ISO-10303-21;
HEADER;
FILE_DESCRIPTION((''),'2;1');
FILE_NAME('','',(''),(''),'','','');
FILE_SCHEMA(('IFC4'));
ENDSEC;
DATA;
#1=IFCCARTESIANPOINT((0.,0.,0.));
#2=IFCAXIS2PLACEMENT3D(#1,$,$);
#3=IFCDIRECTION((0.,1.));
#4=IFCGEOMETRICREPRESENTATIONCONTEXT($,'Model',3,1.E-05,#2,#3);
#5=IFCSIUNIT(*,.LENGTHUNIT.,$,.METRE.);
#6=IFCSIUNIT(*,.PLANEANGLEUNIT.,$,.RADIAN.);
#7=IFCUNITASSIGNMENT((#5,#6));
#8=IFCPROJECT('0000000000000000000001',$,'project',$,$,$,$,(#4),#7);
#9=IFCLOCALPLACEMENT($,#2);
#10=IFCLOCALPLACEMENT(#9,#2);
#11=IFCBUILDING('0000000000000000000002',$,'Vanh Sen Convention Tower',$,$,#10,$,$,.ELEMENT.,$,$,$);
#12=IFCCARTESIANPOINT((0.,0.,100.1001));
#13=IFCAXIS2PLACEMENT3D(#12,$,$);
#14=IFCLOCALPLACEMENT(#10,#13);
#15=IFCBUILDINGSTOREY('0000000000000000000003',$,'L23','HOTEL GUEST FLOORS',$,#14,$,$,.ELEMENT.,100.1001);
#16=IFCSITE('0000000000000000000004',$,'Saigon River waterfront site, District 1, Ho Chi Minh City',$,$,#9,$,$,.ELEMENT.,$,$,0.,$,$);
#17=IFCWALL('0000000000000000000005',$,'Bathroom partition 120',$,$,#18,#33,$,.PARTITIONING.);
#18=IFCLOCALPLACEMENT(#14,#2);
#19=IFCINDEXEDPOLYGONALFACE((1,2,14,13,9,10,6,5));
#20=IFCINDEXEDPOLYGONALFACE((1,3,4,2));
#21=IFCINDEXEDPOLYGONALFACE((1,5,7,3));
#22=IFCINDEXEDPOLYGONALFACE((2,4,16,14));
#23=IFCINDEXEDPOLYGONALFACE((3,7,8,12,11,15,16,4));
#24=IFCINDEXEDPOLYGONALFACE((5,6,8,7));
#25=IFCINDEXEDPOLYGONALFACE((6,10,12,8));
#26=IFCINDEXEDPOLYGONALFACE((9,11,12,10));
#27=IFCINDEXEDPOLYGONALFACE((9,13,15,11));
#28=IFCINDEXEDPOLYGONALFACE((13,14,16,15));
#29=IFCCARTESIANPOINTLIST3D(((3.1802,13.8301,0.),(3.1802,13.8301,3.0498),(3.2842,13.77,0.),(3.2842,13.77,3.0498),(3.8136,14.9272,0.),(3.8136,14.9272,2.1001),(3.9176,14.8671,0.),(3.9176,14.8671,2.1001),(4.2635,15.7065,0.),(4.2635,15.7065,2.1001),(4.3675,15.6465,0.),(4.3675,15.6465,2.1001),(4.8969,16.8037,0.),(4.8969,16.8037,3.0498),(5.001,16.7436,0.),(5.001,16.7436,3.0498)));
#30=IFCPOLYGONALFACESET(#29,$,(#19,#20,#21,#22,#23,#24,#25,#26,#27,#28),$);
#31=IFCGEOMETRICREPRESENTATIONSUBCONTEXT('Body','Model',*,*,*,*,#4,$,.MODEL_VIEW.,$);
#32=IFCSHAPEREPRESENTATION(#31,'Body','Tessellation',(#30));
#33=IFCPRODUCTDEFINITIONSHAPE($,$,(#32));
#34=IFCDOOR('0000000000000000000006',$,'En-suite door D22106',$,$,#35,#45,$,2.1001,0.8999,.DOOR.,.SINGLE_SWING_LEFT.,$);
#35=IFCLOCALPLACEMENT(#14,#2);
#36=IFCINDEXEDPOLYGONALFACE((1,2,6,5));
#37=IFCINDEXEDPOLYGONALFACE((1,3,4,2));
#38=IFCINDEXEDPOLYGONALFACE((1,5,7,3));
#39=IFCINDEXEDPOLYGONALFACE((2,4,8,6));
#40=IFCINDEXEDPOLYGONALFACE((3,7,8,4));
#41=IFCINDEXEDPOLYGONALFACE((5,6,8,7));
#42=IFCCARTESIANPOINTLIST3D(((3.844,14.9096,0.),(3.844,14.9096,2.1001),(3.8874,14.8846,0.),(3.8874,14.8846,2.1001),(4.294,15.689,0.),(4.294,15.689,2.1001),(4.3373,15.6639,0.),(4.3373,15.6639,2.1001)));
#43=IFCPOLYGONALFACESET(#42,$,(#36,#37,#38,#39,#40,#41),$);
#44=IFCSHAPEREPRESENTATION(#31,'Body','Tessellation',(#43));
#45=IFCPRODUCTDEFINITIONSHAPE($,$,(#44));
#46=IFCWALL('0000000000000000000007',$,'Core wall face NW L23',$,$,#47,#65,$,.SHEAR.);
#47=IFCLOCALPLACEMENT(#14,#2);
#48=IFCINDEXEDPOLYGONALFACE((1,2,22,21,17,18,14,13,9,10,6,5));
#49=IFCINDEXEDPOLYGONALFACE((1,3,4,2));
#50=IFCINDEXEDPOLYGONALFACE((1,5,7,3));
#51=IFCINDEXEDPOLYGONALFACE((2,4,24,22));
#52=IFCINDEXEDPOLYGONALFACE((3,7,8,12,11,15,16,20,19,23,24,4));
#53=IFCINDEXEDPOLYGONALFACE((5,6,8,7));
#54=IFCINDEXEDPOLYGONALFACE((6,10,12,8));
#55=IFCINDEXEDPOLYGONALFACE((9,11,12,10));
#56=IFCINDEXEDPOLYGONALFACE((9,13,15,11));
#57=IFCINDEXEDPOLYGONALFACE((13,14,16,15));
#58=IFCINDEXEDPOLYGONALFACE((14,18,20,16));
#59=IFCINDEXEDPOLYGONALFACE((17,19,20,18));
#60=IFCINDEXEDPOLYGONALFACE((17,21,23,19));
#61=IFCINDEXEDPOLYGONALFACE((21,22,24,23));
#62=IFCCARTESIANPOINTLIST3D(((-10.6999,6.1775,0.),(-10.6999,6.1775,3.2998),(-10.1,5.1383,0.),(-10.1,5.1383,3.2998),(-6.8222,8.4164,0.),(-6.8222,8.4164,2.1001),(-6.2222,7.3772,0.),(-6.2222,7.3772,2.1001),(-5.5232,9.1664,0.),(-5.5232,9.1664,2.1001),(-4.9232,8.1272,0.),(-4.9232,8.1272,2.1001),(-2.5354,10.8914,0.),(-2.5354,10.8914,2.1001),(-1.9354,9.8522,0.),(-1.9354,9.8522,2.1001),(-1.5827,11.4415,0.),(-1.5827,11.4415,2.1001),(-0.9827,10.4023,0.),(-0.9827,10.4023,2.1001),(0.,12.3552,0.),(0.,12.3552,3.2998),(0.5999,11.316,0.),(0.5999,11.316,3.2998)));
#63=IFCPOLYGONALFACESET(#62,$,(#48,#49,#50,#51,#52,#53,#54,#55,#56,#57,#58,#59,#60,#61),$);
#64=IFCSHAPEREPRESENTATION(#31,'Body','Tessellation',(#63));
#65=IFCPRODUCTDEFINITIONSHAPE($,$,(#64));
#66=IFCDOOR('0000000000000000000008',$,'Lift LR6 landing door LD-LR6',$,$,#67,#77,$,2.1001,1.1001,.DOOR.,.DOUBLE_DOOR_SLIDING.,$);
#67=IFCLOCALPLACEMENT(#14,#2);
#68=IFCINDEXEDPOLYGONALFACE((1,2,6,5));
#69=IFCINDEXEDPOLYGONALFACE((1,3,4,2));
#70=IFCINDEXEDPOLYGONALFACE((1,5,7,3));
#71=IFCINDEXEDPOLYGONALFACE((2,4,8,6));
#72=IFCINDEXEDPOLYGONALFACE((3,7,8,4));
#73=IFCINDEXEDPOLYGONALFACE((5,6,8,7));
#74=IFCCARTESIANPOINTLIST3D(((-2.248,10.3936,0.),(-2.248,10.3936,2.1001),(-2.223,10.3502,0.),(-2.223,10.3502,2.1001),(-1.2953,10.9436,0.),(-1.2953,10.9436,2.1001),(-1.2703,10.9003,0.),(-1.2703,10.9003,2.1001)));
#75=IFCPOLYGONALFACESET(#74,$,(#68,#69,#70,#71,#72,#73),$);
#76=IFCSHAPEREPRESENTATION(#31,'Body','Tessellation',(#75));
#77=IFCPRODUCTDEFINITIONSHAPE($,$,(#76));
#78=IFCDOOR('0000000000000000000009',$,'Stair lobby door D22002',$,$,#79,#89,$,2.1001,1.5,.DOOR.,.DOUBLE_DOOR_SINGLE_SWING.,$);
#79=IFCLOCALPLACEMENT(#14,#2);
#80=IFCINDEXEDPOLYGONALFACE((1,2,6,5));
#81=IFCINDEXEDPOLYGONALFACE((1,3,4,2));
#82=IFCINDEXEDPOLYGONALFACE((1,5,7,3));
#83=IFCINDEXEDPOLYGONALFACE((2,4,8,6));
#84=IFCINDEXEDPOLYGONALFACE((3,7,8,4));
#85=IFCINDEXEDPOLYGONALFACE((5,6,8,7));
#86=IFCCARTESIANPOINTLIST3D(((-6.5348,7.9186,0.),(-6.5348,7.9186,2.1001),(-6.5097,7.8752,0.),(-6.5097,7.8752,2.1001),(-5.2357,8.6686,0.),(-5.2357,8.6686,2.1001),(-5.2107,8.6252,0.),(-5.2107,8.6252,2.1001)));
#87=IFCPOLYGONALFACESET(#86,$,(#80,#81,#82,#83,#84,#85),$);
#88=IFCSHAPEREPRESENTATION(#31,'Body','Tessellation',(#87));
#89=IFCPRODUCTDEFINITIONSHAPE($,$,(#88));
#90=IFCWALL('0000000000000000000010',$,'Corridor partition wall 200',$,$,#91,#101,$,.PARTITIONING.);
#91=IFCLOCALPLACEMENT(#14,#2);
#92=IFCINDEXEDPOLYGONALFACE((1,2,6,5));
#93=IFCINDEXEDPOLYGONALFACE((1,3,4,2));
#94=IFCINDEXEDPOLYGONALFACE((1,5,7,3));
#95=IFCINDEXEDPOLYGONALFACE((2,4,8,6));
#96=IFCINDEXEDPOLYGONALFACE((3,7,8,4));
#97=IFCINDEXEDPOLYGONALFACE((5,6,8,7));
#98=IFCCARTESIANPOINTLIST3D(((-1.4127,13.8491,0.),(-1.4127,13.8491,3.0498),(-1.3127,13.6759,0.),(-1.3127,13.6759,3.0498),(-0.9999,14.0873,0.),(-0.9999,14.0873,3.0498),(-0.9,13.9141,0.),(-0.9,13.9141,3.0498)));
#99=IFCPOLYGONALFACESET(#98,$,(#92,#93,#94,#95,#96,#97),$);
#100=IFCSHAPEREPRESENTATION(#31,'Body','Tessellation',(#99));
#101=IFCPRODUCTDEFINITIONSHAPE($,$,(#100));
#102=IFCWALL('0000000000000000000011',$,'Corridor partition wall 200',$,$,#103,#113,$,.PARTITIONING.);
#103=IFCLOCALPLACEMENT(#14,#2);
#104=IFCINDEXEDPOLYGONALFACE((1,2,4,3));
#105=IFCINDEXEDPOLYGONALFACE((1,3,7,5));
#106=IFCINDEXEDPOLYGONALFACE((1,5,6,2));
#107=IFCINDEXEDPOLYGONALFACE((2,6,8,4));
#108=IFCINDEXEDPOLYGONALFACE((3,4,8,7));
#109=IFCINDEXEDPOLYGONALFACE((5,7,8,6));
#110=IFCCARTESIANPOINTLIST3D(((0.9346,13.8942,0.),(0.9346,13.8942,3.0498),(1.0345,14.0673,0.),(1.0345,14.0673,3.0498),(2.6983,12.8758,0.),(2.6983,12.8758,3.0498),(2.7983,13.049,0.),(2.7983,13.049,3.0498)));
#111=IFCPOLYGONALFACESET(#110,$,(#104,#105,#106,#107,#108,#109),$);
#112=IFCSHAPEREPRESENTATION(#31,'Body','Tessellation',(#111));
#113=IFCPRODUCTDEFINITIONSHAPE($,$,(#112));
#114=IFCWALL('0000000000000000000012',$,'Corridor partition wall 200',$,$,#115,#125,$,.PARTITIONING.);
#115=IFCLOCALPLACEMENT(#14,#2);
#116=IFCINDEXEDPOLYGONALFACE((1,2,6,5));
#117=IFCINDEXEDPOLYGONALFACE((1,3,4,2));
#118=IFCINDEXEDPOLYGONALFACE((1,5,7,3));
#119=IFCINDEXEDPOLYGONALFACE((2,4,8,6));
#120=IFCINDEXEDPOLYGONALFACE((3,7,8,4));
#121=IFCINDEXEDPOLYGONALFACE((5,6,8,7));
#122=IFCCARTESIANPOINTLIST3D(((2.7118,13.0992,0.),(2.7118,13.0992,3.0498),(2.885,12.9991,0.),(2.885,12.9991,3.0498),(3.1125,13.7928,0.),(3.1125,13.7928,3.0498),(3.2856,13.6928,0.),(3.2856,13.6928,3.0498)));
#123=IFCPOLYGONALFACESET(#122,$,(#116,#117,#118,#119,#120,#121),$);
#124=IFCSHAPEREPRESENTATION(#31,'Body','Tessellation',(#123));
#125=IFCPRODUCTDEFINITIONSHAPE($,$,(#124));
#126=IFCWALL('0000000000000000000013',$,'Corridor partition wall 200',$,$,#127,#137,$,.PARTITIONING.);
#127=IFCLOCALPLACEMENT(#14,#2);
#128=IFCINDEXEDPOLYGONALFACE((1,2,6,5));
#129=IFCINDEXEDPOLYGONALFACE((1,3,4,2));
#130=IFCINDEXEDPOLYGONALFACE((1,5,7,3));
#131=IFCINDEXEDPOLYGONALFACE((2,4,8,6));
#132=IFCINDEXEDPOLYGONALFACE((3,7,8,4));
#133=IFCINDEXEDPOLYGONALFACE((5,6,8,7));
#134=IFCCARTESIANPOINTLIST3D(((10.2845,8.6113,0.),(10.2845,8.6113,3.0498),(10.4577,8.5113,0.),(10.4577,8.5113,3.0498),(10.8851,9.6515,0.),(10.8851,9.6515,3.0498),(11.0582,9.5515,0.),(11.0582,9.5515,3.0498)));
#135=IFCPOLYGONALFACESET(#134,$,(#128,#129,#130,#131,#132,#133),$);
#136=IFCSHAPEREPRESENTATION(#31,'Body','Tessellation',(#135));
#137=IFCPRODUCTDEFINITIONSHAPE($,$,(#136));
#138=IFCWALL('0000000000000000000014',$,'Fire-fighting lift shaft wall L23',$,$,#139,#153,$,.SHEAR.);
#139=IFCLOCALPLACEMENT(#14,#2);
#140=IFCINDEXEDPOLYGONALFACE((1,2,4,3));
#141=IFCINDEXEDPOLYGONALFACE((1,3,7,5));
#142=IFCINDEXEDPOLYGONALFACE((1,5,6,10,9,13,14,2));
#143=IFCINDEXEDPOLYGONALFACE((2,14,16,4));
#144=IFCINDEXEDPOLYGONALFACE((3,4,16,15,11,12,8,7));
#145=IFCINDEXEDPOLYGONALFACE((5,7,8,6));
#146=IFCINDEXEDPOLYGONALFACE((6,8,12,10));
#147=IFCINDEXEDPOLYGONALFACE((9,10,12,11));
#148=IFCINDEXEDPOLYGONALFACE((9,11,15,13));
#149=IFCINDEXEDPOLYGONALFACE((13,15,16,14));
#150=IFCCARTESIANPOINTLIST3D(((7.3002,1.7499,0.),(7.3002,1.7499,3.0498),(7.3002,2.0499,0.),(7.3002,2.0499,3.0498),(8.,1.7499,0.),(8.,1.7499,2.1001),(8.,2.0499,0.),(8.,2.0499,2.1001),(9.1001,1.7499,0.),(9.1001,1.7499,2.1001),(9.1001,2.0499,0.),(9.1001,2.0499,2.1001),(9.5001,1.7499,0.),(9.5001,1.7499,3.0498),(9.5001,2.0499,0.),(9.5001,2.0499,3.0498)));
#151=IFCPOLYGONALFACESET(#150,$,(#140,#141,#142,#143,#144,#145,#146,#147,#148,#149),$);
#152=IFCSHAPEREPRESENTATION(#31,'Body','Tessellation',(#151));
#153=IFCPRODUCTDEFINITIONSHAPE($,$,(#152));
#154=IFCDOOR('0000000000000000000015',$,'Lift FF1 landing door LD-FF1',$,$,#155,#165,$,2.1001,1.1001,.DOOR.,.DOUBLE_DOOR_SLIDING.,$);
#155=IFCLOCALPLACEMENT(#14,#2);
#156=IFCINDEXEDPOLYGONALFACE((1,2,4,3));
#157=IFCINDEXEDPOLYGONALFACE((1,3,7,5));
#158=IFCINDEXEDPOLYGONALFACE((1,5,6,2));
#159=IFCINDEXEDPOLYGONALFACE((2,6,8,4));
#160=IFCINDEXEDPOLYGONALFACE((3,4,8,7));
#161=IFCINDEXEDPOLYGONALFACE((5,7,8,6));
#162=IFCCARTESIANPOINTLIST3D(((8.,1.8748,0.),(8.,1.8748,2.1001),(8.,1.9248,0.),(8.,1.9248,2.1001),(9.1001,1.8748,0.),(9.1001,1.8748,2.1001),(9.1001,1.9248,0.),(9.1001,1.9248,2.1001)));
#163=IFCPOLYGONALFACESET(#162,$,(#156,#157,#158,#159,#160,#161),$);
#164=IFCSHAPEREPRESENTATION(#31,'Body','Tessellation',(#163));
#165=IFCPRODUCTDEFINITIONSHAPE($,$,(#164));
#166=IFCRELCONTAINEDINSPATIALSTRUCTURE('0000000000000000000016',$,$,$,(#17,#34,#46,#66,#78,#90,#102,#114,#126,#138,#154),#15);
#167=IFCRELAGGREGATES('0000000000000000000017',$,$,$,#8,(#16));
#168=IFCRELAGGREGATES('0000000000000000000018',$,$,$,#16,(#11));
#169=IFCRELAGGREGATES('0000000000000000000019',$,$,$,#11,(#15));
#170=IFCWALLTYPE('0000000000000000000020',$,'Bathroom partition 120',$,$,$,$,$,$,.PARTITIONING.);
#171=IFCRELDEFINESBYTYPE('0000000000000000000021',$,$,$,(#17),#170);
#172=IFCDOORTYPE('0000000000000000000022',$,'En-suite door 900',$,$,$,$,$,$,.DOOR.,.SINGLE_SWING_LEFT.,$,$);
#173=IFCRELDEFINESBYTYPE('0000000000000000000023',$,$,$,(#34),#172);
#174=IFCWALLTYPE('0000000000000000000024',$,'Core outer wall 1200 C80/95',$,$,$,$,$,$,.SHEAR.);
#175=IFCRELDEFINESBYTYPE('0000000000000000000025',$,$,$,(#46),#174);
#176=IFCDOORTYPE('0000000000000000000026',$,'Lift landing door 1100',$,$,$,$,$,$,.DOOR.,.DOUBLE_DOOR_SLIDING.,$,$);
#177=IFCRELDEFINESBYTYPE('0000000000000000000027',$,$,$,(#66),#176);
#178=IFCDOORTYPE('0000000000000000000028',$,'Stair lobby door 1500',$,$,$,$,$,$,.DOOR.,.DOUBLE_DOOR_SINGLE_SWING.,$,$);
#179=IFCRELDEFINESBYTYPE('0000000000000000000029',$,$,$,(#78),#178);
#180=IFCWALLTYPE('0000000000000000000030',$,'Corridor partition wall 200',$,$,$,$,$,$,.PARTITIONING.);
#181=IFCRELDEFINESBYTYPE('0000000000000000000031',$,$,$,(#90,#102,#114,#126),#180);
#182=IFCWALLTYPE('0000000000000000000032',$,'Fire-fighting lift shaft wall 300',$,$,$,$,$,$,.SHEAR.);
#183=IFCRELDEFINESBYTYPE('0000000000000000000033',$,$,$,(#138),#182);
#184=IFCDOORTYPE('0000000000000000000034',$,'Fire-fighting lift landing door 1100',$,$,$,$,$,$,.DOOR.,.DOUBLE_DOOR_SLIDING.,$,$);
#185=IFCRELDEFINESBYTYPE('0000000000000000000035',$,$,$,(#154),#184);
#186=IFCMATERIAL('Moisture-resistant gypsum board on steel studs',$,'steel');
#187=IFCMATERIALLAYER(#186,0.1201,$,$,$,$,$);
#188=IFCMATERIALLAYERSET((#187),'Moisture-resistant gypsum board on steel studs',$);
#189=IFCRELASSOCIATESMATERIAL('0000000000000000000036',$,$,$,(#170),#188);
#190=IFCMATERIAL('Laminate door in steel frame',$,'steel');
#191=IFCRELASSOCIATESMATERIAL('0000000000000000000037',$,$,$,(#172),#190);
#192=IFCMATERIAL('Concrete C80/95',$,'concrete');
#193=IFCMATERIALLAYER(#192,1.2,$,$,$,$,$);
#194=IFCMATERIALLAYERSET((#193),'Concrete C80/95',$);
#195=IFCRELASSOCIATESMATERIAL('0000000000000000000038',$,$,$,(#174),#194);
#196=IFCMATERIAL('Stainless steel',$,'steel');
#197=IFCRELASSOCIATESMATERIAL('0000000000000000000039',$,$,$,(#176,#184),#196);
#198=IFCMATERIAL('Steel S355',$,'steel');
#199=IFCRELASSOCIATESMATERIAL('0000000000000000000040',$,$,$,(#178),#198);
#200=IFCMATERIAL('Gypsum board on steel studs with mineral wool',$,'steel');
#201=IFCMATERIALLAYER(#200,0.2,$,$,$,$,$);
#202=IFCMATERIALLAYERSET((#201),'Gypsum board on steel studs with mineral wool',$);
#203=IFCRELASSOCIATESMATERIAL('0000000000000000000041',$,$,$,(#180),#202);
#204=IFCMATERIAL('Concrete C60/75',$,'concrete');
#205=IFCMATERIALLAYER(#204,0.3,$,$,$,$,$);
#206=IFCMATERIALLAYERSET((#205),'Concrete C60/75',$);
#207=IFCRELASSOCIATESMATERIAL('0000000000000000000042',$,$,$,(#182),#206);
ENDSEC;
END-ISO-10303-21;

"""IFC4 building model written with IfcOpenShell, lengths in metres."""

from ifc_helpers import new_model, si_unit, direction, frame, frame_2d, origin, place, context, subcontext, project, spatial, rectangle, extrude, material, layer, layer_set, type_object, element, fill, save


model = new_model("IFC4")

# Units and contexts
model_context = context("Model", 3, precision=1e-05, world=origin(), true_north=direction((0.0, 1.0)))
body_context = subcontext(model_context, "Body", "Model", "MODEL_VIEW")
ifc_project = project(units=[si_unit("LENGTHUNIT", "METRE"), si_unit("PLANEANGLEUNIT", "RADIAN")], contexts=[model_context])

# Site, building, storey
site_placement = place(None, origin())
site = spatial("IfcSite", under=ifc_project, at=site_placement, Name="Saigon River waterfront site, District 1, Ho Chi Minh City", CompositionType="ELEMENT", RefElevation=0.0)
building_placement = place(site_placement, origin())
building = spatial("IfcBuilding", under=site, at=building_placement, Name="Vanh Sen Convention Tower", CompositionType="ELEMENT")
storey_placement = place(building_placement, frame((0.0, 0.0, 100.1001)))
storey = spatial("IfcBuildingStorey", under=building, at=storey_placement, Name="L23", Description="HOTEL GUEST FLOORS", CompositionType="ELEMENT", Elevation=100.1001)

# Wall, opening, door
ifc_material_1 = material(Name="Moisture-resistant gypsum board on steel studs", Category="steel")
ifc_layer_1 = layer(ifc_material_1, 0.1201)
ifc_layer_set_1 = layer_set([ifc_layer_1], Name="Moisture-resistant gypsum board on steel studs")
wall_type_1 = type_object("IfcWallType", Name="Bathroom partition 120", PredefinedType="PARTITIONING", material=ifc_layer_set_1)
wall_1_placement = place(storey_placement, frame((3.2322, 13.8, 0.0), z_axis=(0.0, 0.0, 1.0), x_axis=(0.499993, 0.866029, 0.0)))
wall_1 = element("IfcWall", 1, at=wall_1_placement, inside=storey, type_object=wall_type_1, Name="Bathroom partition 120", PredefinedType="PARTITIONING", context=body_context, shape_type="SweptSolid", body=[
    extrude(rectangle(XDim=3.4336, YDim=0.1201, at=frame_2d((1.7168, 0.0))), origin(), (0.0, 0.0, 1.0), 3.0498),
])
opening_1_placement = place(wall_1_placement, frame((1.2668, 0.0, 0.0)))
opening_1 = element("IfcOpeningElement", 2, at=opening_1_placement, cuts=wall_1, PredefinedType="OPENING", context=body_context, shape_type="SweptSolid", body=[
    extrude(rectangle(XDim=0.8999, YDim=2.1001, at=frame_2d((0.45, 1.05))), frame((0.0, 0.0701, 0.0), z_axis=(0.0, -1.0, 0.0), x_axis=(1.0, 0.0, 0.0)), (0.0, 0.0, 1.0), 0.1401),
])
ifc_material_2 = material(Name="Laminate door in steel frame", Category="steel")
door_type_1 = type_object("IfcDoorType", Name="En-suite door 900", OperationType="SINGLE_SWING_LEFT", PredefinedType="DOOR", material=ifc_material_2)
door_1_placement = place(opening_1_placement, origin())
door_1 = element("IfcDoor", 3, at=door_1_placement, inside=storey, type_object=door_type_1, Name="En-suite door D22106", OperationType="SINGLE_SWING_LEFT", OverallHeight=2.1001, OverallWidth=0.8999, PredefinedType="DOOR", context=body_context, shape_type="SweptSolid", body=[
    extrude(rectangle(XDim=0.8999, YDim=2.1001, at=frame_2d((0.45, 1.05))), frame((0.0, 0.0249, 0.0), z_axis=(0.0, -1.0, 0.0), x_axis=(1.0, 0.0, 0.0)), (0.0, 0.0, 1.0), 0.05),
])
fill(opening_1, door_1)

# Wall, openings, doors
ifc_material_3 = material(Name="Concrete C80/95", Category="concrete")
ifc_layer_2 = layer(ifc_material_3, 1.2)
ifc_layer_set_2 = layer_set([ifc_layer_2], Name="Concrete C80/95")
wall_type_2 = type_object("IfcWallType", Name="Core outer wall 1200 C80/95", PredefinedType="SHEAR", material=ifc_layer_set_2)
wall_2_placement = place(storey_placement, frame((0.3, 11.8357, 0.0), z_axis=(0.0, 0.0, 1.0), x_axis=(-0.866021, -0.500007, 0.0)))
wall_2 = element("IfcWall", 4, at=wall_2_placement, inside=storey, type_object=wall_type_2, Name="Core wall face NW L23", PredefinedType="SHEAR", context=body_context, shape_type="SweptSolid", body=[
    extrude(rectangle(XDim=12.3552, YDim=1.2, at=frame_2d((6.1777, 0.0))), origin(), (0.0, 0.0, 1.0), 3.2998),
])
opening_2_placement = place(wall_2_placement, frame((6.3777, 0.0, 0.0)))
opening_2 = element("IfcOpeningElement", 5, at=opening_2_placement, cuts=wall_2, PredefinedType="OPENING", context=body_context, shape_type="SweptSolid", body=[
    extrude(rectangle(XDim=1.5, YDim=2.1001, at=frame_2d((0.75, 1.05))), frame((0.0, 0.6099, 0.0), z_axis=(0.0, -1.0, 0.0), x_axis=(1.0, 0.0, 0.0)), (0.0, 0.0, 1.0), 1.22),
])
opening_3_placement = place(wall_2_placement, frame((1.8276, 0.0, 0.0)))
opening_3 = element("IfcOpeningElement", 6, at=opening_3_placement, cuts=wall_2, PredefinedType="OPENING", context=body_context, shape_type="SweptSolid", body=[
    extrude(rectangle(XDim=1.1001, YDim=2.1001, at=frame_2d((0.55, 1.05))), frame((0.0, 0.6099, 0.0), z_axis=(0.0, -1.0, 0.0), x_axis=(1.0, 0.0, 0.0)), (0.0, 0.0, 1.0), 1.22),
])
ifc_material_4 = material(Name="Stainless steel", Category="steel")
door_type_2 = type_object("IfcDoorType", Name="Lift landing door 1100", OperationType="DOUBLE_DOOR_SLIDING", PredefinedType="DOOR", material=ifc_material_4)
door_2_placement = place(opening_3_placement, origin())
door_2 = element("IfcDoor", 7, at=door_2_placement, inside=storey, type_object=door_type_2, Name="Lift LR6 landing door LD-LR6", OperationType="DOUBLE_DOOR_SLIDING", OverallHeight=2.1001, OverallWidth=1.1001, PredefinedType="DOOR", context=body_context, shape_type="SweptSolid", body=[
    extrude(rectangle(XDim=1.1001, YDim=2.1001, at=frame_2d((0.55, 1.05))), frame((0.0, 0.0249, 0.0), z_axis=(0.0, -1.0, 0.0), x_axis=(1.0, 0.0, 0.0)), (0.0, 0.0, 1.0), 0.05),
])
fill(opening_3, door_2)
ifc_material_5 = material(Name="Steel S355", Category="steel")
door_type_3 = type_object("IfcDoorType", Name="Stair lobby door 1500", OperationType="DOUBLE_DOOR_SINGLE_SWING", PredefinedType="DOOR", material=ifc_material_5)
door_3_placement = place(opening_2_placement, origin())
door_3 = element("IfcDoor", 8, at=door_3_placement, inside=storey, type_object=door_type_3, Name="Stair lobby door D22002", OperationType="DOUBLE_DOOR_SINGLE_SWING", OverallHeight=2.1001, OverallWidth=1.5, PredefinedType="DOOR", context=body_context, shape_type="SweptSolid", body=[
    extrude(rectangle(XDim=1.5, YDim=2.1001, at=frame_2d((0.75, 1.05))), frame((0.0, 0.0249, 0.0), z_axis=(0.0, -1.0, 0.0), x_axis=(1.0, 0.0, 0.0)), (0.0, 0.0, 1.0), 0.05),
])
fill(opening_2, door_3)

# Walls
ifc_material_6 = material(Name="Gypsum board on steel studs with mineral wool", Category="steel")
ifc_layer_3 = layer(ifc_material_6, 0.2)
ifc_layer_set_3 = layer_set([ifc_layer_3], Name="Gypsum board on steel studs with mineral wool")
wall_type_3 = type_object("IfcWallType", Name="Corridor partition wall 200", PredefinedType="PARTITIONING", material=ifc_layer_set_3)
wall_3_placement = place(storey_placement, frame((-0.95, 14.0007, 0.0), z_axis=(0.0, 0.0, 1.0), x_axis=(-0.866092, -0.499885, 0.0)))
element("IfcWall", 9, at=wall_3_placement, inside=storey, type_object=wall_type_3, Name="Corridor partition wall 200", PredefinedType="PARTITIONING", context=body_context, shape_type="SweptSolid", body=[
    extrude(rectangle(XDim=0.4766, YDim=0.2, at=frame_2d((0.2383, 0.0))), origin(), (0.0, 0.0, 1.0), 3.0498),
])
wall_4_placement = place(storey_placement, frame((2.7483, 12.9624, 0.0), z_axis=(0.0, 0.0, 1.0), x_axis=(-0.866014, 0.50002, 0.0)))
element("IfcWall", 10, at=wall_4_placement, inside=storey, type_object=wall_type_3, Name="Corridor partition wall 200", PredefinedType="PARTITIONING", context=body_context, shape_type="SweptSolid", body=[
    extrude(rectangle(XDim=2.0366, YDim=0.2, at=frame_2d((1.0183, 0.0))), origin(), (0.0, 0.0, 1.0), 3.0498),
])
wall_5_placement = place(storey_placement, frame((3.199, 13.7427, 0.0), z_axis=(0.0, 0.0, 1.0), x_axis=(-0.500171, -0.865927, 0.0)))
element("IfcWall", 11, at=wall_5_placement, inside=storey, type_object=wall_type_3, Name="Corridor partition wall 200", PredefinedType="PARTITIONING", context=body_context, shape_type="SweptSolid", body=[
    extrude(rectangle(XDim=0.801, YDim=0.2, at=frame_2d((0.4004, 0.0))), origin(), (0.0, 0.0, 1.0), 3.0498),
])
wall_6_placement = place(storey_placement, frame((10.3711, 8.5613, 0.0), z_axis=(0.0, 0.0, 1.0), x_axis=(0.499986, 0.866033, 0.0)))
element("IfcWall", 12, at=wall_6_placement, inside=storey, type_object=wall_type_3, Name="Corridor partition wall 200", PredefinedType="PARTITIONING", context=body_context, shape_type="SweptSolid", body=[
    extrude(rectangle(XDim=1.2012, YDim=0.2, at=frame_2d((0.6006, 0.0))), origin(), (0.0, 0.0, 1.0), 3.0498),
])

# Wall, opening, door
ifc_material_7 = material(Name="Concrete C60/75", Category="concrete")
ifc_layer_4 = layer(ifc_material_7, 0.3)
ifc_layer_set_4 = layer_set([ifc_layer_4], Name="Concrete C60/75")
wall_type_4 = type_object("IfcWallType", Name="Fire-fighting lift shaft wall 300", PredefinedType="SHEAR", material=ifc_layer_set_4)
wall_7_placement = place(storey_placement, frame((7.3, 1.8999, 0.0), z_axis=(0.0, 0.0, 1.0), x_axis=(1.0, 0.0, 0.0)))
wall_7 = element("IfcWall", 13, at=wall_7_placement, inside=storey, type_object=wall_type_4, Name="Fire-fighting lift shaft wall L23", PredefinedType="SHEAR", context=body_context, shape_type="SweptSolid", body=[
    extrude(rectangle(XDim=2.2, YDim=0.3, at=frame_2d((1.1001, 0.0))), origin(), (0.0, 0.0, 1.0), 3.0498),
])
opening_4_placement = place(wall_7_placement, frame((0.7, 0.0, 0.0)))
opening_4 = element("IfcOpeningElement", 14, at=opening_4_placement, cuts=wall_7, PredefinedType="OPENING", context=body_context, shape_type="SweptSolid", body=[
    extrude(rectangle(XDim=1.1001, YDim=2.1001, at=frame_2d((0.55, 1.05))), frame((0.0, 0.1599, 0.0), z_axis=(0.0, -1.0, 0.0), x_axis=(1.0, 0.0, 0.0)), (0.0, 0.0, 1.0), 0.3201),
])
door_type_4 = type_object("IfcDoorType", Name="Fire-fighting lift landing door 1100", OperationType="DOUBLE_DOOR_SLIDING", PredefinedType="DOOR", material=ifc_material_4)
door_4_placement = place(opening_4_placement, origin())
door_4 = element("IfcDoor", 15, at=door_4_placement, inside=storey, type_object=door_type_4, Name="Lift FF1 landing door LD-FF1", OperationType="DOUBLE_DOOR_SLIDING", OverallHeight=2.1001, OverallWidth=1.1001, PredefinedType="DOOR", context=body_context, shape_type="SweptSolid", body=[
    extrude(rectangle(XDim=1.1001, YDim=2.1001, at=frame_2d((0.55, 1.05))), frame((0.0, 0.0249, 0.0), z_axis=(0.0, -1.0, 0.0), x_axis=(1.0, 0.0, 0.0)), (0.0, 0.0, 1.0), 0.05),
])
fill(opening_4, door_4)

save(model, "model.ifc")
